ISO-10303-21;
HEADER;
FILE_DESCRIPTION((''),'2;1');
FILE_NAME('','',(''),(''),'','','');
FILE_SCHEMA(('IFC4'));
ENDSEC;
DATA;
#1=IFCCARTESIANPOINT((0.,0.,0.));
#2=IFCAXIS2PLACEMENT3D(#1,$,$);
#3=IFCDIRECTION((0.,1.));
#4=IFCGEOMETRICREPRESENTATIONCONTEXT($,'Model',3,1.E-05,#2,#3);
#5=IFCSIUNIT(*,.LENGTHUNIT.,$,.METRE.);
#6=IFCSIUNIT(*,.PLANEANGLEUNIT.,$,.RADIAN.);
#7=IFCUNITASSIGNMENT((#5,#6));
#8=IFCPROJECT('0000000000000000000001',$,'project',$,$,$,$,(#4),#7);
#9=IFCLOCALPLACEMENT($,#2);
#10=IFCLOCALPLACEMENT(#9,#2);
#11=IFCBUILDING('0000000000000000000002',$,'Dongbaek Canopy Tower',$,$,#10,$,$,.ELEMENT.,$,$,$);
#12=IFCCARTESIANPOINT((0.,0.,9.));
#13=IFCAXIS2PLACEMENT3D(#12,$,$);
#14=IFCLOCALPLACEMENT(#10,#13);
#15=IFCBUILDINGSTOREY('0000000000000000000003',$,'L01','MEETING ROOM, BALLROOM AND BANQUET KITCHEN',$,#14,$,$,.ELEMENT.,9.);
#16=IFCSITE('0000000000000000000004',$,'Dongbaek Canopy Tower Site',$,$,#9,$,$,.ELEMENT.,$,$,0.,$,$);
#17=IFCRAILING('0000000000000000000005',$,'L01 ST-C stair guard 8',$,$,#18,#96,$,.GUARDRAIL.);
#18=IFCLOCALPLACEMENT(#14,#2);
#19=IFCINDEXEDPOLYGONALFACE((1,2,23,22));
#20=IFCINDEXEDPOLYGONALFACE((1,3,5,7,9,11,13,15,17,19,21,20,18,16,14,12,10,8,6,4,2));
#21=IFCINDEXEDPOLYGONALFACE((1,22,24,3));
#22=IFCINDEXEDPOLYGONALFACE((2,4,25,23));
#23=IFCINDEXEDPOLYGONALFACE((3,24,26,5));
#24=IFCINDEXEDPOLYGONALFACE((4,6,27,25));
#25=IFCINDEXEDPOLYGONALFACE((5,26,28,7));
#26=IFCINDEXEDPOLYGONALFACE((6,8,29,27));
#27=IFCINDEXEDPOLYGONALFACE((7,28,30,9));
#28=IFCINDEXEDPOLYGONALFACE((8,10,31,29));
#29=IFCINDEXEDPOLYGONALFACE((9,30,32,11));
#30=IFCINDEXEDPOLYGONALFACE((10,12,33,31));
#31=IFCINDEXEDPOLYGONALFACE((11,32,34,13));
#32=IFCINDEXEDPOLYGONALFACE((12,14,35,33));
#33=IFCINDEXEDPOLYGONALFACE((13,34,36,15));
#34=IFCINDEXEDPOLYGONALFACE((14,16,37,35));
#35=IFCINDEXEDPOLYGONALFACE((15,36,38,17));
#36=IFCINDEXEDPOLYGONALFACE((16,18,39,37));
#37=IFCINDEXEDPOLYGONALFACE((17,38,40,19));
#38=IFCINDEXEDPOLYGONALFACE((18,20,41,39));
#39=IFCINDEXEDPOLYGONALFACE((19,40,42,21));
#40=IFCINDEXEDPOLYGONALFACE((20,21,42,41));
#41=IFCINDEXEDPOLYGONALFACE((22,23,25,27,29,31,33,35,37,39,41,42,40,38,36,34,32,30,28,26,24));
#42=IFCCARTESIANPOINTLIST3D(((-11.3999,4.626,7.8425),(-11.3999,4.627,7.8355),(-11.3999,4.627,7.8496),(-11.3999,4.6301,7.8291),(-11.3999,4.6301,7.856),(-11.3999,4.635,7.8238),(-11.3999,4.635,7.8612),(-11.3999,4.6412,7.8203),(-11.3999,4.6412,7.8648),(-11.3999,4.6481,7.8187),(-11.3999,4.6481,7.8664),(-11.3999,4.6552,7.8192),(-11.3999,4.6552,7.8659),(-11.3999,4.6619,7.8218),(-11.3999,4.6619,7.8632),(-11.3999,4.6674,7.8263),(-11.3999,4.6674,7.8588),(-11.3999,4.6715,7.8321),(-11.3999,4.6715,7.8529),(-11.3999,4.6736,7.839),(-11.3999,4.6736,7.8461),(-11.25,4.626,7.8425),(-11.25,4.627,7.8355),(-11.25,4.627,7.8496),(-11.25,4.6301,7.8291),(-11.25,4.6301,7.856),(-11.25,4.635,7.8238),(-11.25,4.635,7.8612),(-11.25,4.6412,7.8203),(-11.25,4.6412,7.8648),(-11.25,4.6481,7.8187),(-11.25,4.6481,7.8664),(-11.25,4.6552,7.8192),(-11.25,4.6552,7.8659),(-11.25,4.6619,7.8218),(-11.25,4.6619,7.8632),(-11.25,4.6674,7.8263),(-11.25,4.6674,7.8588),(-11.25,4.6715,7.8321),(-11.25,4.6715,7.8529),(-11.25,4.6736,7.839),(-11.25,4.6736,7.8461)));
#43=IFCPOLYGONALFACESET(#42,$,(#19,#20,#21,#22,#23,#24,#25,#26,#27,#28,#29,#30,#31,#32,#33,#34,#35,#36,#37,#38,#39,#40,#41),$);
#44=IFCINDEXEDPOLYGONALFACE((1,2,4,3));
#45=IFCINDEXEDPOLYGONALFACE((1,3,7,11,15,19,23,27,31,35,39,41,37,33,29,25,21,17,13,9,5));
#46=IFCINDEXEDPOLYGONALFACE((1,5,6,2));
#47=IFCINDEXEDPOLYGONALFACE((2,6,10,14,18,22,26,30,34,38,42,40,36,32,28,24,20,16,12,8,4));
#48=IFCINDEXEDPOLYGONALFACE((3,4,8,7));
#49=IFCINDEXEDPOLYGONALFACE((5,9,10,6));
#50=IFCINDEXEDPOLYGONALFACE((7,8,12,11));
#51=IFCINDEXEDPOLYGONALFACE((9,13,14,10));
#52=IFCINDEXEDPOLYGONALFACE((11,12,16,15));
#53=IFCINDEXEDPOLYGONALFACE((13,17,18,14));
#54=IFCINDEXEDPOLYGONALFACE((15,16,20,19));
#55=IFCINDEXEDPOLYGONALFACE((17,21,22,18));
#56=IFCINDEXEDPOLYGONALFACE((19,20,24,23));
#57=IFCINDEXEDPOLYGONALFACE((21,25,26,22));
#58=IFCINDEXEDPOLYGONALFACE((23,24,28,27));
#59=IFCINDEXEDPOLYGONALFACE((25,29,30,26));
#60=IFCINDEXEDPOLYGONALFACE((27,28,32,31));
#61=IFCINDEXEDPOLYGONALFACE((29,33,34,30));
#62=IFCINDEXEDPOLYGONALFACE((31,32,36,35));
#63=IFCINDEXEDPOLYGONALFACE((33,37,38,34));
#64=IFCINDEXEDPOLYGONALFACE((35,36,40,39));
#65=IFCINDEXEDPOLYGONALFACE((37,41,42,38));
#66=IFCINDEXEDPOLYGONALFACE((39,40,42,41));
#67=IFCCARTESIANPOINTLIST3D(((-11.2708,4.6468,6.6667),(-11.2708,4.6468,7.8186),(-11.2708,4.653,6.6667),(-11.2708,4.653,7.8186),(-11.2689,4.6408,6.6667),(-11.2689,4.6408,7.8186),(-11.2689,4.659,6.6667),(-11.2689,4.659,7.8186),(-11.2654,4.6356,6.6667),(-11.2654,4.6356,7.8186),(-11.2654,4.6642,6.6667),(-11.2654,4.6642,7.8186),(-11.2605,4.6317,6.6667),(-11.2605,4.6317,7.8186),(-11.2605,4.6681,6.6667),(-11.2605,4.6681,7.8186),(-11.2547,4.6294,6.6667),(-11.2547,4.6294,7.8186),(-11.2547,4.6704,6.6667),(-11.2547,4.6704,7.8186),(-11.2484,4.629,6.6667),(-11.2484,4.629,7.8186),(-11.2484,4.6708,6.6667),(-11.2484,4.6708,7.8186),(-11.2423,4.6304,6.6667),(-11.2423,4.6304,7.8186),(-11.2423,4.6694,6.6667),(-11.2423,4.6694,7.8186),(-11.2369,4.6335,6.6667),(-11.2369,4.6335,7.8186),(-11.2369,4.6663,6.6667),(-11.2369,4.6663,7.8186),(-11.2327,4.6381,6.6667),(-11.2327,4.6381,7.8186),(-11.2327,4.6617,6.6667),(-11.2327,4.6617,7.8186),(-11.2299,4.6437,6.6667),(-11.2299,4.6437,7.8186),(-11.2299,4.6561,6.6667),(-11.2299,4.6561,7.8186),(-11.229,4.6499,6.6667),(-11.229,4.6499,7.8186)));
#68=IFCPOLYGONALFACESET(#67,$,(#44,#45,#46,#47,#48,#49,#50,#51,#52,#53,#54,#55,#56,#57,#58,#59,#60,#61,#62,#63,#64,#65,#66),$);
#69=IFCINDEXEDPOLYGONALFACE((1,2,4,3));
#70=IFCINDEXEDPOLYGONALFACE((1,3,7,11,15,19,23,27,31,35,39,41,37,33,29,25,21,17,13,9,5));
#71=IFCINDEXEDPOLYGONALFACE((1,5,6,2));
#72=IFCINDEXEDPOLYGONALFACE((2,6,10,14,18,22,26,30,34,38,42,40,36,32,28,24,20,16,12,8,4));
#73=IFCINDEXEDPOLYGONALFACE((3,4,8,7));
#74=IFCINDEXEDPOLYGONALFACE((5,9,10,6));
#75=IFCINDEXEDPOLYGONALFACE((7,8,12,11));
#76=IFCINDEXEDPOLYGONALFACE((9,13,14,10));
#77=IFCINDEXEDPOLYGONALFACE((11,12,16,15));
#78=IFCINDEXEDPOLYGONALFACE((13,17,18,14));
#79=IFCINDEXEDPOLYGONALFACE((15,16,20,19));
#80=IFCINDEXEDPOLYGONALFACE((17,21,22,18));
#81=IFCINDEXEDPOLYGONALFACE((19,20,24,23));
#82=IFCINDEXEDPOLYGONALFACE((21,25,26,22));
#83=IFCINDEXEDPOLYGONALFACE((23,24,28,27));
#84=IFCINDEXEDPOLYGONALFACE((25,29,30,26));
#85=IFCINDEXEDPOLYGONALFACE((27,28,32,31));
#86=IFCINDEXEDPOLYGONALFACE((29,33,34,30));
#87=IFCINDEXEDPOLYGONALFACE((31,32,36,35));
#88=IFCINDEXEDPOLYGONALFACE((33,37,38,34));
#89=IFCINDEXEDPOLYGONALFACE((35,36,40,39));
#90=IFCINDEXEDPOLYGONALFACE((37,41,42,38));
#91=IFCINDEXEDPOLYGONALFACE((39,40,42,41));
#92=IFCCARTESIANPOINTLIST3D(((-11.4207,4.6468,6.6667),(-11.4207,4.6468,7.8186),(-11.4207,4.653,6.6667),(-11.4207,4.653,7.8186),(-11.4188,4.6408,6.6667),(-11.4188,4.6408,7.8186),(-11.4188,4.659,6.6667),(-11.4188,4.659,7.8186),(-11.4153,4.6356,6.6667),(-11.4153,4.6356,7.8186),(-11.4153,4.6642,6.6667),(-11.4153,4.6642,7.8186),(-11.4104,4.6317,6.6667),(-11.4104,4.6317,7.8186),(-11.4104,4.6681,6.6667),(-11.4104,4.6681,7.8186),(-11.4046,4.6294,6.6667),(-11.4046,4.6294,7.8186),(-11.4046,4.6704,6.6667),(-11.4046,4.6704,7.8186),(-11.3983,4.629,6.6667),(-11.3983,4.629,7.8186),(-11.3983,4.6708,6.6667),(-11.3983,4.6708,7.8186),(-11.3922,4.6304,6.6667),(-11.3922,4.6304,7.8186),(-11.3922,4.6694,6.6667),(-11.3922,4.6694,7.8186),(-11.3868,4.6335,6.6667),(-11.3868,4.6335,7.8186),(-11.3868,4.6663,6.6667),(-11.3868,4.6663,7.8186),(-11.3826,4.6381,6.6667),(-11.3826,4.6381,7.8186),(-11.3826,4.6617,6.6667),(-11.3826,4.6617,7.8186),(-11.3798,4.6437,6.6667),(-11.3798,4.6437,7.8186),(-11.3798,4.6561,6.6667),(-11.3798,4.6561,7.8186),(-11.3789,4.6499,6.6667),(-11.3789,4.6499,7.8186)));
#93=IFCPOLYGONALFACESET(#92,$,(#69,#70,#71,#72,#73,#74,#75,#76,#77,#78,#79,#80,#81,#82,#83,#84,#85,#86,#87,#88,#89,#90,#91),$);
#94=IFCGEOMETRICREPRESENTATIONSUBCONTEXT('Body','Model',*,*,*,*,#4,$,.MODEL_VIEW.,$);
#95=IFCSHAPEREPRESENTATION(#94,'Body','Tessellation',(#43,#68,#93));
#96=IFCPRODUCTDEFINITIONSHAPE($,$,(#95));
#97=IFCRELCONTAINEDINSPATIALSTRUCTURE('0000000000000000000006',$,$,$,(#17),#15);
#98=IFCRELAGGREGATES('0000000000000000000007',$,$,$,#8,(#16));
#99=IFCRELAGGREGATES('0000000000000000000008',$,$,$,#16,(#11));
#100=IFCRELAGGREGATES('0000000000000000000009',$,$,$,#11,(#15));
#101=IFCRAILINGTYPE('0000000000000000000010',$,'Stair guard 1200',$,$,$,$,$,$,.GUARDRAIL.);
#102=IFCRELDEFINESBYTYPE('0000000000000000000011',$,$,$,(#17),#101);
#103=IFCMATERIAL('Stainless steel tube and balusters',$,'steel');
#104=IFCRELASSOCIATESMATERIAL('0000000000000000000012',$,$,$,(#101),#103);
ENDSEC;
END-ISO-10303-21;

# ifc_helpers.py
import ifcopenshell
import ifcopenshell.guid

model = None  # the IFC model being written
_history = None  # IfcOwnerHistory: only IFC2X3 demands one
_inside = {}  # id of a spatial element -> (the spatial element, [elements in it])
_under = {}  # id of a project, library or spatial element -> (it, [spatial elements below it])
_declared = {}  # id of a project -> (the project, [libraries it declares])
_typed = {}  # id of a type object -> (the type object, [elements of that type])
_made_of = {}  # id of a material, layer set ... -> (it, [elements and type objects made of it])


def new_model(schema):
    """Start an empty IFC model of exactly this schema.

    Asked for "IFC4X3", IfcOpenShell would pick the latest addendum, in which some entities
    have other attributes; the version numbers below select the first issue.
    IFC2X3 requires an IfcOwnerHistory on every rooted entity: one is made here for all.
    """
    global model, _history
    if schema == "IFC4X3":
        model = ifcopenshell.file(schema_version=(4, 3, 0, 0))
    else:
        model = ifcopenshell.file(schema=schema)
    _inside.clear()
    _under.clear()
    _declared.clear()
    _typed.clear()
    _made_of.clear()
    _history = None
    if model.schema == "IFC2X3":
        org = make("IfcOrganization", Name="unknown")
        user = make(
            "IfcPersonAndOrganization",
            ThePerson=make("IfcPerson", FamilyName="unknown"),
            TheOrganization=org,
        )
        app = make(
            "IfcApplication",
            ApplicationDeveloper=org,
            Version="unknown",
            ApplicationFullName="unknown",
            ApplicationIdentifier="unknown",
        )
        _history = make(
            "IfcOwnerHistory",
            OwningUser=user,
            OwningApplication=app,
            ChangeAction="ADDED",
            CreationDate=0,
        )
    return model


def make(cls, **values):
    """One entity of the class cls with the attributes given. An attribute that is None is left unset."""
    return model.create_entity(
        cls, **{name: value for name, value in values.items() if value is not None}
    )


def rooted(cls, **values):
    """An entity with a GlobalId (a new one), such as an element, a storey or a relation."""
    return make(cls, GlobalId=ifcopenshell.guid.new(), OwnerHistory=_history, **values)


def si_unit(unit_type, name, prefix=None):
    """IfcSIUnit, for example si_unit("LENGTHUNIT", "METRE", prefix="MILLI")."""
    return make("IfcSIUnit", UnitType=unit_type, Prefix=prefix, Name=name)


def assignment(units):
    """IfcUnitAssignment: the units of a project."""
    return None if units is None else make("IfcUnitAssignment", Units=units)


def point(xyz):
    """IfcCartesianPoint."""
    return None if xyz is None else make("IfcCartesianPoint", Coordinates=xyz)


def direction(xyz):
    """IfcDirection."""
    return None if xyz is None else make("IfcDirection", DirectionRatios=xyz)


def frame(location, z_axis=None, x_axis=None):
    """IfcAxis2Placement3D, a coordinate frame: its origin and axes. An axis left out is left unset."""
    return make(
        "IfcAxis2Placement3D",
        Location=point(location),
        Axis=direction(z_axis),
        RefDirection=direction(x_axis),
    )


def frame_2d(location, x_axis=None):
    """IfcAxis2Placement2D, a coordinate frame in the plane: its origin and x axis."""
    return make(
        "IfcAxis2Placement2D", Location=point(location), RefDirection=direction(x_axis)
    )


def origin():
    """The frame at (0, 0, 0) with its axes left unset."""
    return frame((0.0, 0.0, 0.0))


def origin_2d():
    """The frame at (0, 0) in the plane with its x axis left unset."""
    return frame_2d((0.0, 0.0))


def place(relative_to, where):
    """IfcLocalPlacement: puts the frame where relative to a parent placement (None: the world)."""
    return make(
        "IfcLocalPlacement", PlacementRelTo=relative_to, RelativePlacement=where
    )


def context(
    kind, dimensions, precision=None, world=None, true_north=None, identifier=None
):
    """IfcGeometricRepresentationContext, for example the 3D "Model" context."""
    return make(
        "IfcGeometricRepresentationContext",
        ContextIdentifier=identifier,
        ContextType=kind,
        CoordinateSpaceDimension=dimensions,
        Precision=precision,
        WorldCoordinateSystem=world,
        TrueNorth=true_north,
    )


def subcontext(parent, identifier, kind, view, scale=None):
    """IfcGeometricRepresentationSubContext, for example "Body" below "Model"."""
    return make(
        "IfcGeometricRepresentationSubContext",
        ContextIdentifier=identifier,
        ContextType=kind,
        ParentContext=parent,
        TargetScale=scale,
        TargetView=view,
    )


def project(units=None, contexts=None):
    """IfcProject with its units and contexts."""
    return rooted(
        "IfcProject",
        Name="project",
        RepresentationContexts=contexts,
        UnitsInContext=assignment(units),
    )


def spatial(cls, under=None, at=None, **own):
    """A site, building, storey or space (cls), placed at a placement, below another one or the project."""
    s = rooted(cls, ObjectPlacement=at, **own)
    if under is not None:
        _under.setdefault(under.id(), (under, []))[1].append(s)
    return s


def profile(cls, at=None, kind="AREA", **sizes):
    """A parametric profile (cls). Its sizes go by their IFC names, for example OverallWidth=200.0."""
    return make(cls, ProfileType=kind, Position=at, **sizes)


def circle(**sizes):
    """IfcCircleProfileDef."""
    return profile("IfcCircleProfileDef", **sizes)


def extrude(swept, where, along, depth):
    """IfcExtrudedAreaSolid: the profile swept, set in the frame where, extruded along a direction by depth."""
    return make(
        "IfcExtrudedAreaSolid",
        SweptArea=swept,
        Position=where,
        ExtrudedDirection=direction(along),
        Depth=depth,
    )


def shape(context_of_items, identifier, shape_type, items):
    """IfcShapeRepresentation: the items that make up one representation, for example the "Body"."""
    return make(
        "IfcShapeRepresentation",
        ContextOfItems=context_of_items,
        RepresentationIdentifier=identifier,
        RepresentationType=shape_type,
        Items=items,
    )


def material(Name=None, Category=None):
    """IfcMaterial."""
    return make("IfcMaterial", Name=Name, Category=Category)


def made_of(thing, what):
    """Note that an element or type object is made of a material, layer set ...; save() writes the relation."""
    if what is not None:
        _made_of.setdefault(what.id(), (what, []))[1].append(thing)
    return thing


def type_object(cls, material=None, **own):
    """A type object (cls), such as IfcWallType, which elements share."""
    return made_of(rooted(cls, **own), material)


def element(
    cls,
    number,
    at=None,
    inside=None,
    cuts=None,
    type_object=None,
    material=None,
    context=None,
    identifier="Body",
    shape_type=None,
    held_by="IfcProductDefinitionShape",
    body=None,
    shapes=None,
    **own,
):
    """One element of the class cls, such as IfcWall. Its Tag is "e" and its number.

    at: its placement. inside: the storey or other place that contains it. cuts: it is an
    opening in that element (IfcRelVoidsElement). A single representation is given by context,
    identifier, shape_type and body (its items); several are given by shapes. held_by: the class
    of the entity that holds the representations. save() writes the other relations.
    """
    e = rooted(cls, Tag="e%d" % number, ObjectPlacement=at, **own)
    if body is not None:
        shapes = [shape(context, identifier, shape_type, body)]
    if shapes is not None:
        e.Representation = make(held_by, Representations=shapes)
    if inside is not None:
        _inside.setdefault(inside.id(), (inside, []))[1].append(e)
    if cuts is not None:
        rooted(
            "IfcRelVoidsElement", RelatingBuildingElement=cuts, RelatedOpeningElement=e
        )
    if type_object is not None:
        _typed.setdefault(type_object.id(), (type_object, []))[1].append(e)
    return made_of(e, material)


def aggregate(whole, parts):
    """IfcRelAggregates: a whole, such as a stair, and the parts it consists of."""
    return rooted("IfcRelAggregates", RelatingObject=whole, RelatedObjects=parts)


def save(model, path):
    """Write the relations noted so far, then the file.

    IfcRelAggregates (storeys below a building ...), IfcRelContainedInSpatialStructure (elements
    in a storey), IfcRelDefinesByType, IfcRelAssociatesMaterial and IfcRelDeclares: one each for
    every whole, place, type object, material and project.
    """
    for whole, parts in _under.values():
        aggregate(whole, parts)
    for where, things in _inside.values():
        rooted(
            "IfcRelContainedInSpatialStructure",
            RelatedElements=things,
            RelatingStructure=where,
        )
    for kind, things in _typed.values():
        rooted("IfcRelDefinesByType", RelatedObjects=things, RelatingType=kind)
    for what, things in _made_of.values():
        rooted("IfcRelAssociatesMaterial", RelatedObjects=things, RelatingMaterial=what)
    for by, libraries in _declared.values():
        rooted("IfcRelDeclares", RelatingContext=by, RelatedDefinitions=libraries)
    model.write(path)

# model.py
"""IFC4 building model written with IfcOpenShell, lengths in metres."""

from ifc_helpers import new_model, si_unit, direction, frame, origin, origin_2d, place, context, subcontext, project, spatial, circle, extrude, material, type_object, element, save


model = new_model("IFC4")

# Units and contexts
model_context = context("Model", 3, precision=1e-05, world=origin(), true_north=direction((0.0, 1.0)))
body_context = subcontext(model_context, "Body", "Model", "MODEL_VIEW")
ifc_project = project(units=[si_unit("LENGTHUNIT", "METRE"), si_unit("PLANEANGLEUNIT", "RADIAN")], contexts=[model_context])

# Site, building, storey
site_placement = place(None, origin())
site = spatial("IfcSite", under=ifc_project, at=site_placement, Name="Dongbaek Canopy Tower Site", CompositionType="ELEMENT", RefElevation=0.0)
building_placement = place(site_placement, origin())
building = spatial("IfcBuilding", under=site, at=building_placement, Name="Dongbaek Canopy Tower", CompositionType="ELEMENT")
storey_placement = place(building_placement, frame((0.0, 0.0, 9.0)))
storey = spatial("IfcBuildingStorey", under=building, at=storey_placement, Name="L01", Description="MEETING ROOM, BALLROOM AND BANQUET KITCHEN", CompositionType="ELEMENT", Elevation=9.0)

# Railing
ifc_material_1 = material(Name="Stainless steel tube and balusters", Category="steel")
railing_type_1 = type_object("IfcRailingType", Name="Stair guard 1200", PredefinedType="GUARDRAIL", material=ifc_material_1)
railing_1_placement = place(storey_placement, frame((-11.25, 4.6499, 6.6667)))
element("IfcRailing", 1, at=railing_1_placement, inside=storey, type_object=railing_type_1, Name="L01 ST-C stair guard 8", PredefinedType="GUARDRAIL", context=body_context, shape_type="SweptSolid", body=[
    extrude(circle(Radius=0.0239, at=origin_2d()), frame((0.0, 0.0, 1.1758), z_axis=(-1.0, 0.0, 0.0), x_axis=(0.0, -1.0, 0.0)), (0.0, 0.0, 1.0), 0.1499),
    extrude(circle(Radius=0.021, at=origin_2d()), origin(), (0.0, 0.0, 1.0), 1.1519),
    extrude(circle(Radius=0.021, at=origin_2d()), frame((-0.1499, 0.0, 0.0)), (0.0, 0.0, 1.0), 1.1519),
])

save(model, "model.ifc")
